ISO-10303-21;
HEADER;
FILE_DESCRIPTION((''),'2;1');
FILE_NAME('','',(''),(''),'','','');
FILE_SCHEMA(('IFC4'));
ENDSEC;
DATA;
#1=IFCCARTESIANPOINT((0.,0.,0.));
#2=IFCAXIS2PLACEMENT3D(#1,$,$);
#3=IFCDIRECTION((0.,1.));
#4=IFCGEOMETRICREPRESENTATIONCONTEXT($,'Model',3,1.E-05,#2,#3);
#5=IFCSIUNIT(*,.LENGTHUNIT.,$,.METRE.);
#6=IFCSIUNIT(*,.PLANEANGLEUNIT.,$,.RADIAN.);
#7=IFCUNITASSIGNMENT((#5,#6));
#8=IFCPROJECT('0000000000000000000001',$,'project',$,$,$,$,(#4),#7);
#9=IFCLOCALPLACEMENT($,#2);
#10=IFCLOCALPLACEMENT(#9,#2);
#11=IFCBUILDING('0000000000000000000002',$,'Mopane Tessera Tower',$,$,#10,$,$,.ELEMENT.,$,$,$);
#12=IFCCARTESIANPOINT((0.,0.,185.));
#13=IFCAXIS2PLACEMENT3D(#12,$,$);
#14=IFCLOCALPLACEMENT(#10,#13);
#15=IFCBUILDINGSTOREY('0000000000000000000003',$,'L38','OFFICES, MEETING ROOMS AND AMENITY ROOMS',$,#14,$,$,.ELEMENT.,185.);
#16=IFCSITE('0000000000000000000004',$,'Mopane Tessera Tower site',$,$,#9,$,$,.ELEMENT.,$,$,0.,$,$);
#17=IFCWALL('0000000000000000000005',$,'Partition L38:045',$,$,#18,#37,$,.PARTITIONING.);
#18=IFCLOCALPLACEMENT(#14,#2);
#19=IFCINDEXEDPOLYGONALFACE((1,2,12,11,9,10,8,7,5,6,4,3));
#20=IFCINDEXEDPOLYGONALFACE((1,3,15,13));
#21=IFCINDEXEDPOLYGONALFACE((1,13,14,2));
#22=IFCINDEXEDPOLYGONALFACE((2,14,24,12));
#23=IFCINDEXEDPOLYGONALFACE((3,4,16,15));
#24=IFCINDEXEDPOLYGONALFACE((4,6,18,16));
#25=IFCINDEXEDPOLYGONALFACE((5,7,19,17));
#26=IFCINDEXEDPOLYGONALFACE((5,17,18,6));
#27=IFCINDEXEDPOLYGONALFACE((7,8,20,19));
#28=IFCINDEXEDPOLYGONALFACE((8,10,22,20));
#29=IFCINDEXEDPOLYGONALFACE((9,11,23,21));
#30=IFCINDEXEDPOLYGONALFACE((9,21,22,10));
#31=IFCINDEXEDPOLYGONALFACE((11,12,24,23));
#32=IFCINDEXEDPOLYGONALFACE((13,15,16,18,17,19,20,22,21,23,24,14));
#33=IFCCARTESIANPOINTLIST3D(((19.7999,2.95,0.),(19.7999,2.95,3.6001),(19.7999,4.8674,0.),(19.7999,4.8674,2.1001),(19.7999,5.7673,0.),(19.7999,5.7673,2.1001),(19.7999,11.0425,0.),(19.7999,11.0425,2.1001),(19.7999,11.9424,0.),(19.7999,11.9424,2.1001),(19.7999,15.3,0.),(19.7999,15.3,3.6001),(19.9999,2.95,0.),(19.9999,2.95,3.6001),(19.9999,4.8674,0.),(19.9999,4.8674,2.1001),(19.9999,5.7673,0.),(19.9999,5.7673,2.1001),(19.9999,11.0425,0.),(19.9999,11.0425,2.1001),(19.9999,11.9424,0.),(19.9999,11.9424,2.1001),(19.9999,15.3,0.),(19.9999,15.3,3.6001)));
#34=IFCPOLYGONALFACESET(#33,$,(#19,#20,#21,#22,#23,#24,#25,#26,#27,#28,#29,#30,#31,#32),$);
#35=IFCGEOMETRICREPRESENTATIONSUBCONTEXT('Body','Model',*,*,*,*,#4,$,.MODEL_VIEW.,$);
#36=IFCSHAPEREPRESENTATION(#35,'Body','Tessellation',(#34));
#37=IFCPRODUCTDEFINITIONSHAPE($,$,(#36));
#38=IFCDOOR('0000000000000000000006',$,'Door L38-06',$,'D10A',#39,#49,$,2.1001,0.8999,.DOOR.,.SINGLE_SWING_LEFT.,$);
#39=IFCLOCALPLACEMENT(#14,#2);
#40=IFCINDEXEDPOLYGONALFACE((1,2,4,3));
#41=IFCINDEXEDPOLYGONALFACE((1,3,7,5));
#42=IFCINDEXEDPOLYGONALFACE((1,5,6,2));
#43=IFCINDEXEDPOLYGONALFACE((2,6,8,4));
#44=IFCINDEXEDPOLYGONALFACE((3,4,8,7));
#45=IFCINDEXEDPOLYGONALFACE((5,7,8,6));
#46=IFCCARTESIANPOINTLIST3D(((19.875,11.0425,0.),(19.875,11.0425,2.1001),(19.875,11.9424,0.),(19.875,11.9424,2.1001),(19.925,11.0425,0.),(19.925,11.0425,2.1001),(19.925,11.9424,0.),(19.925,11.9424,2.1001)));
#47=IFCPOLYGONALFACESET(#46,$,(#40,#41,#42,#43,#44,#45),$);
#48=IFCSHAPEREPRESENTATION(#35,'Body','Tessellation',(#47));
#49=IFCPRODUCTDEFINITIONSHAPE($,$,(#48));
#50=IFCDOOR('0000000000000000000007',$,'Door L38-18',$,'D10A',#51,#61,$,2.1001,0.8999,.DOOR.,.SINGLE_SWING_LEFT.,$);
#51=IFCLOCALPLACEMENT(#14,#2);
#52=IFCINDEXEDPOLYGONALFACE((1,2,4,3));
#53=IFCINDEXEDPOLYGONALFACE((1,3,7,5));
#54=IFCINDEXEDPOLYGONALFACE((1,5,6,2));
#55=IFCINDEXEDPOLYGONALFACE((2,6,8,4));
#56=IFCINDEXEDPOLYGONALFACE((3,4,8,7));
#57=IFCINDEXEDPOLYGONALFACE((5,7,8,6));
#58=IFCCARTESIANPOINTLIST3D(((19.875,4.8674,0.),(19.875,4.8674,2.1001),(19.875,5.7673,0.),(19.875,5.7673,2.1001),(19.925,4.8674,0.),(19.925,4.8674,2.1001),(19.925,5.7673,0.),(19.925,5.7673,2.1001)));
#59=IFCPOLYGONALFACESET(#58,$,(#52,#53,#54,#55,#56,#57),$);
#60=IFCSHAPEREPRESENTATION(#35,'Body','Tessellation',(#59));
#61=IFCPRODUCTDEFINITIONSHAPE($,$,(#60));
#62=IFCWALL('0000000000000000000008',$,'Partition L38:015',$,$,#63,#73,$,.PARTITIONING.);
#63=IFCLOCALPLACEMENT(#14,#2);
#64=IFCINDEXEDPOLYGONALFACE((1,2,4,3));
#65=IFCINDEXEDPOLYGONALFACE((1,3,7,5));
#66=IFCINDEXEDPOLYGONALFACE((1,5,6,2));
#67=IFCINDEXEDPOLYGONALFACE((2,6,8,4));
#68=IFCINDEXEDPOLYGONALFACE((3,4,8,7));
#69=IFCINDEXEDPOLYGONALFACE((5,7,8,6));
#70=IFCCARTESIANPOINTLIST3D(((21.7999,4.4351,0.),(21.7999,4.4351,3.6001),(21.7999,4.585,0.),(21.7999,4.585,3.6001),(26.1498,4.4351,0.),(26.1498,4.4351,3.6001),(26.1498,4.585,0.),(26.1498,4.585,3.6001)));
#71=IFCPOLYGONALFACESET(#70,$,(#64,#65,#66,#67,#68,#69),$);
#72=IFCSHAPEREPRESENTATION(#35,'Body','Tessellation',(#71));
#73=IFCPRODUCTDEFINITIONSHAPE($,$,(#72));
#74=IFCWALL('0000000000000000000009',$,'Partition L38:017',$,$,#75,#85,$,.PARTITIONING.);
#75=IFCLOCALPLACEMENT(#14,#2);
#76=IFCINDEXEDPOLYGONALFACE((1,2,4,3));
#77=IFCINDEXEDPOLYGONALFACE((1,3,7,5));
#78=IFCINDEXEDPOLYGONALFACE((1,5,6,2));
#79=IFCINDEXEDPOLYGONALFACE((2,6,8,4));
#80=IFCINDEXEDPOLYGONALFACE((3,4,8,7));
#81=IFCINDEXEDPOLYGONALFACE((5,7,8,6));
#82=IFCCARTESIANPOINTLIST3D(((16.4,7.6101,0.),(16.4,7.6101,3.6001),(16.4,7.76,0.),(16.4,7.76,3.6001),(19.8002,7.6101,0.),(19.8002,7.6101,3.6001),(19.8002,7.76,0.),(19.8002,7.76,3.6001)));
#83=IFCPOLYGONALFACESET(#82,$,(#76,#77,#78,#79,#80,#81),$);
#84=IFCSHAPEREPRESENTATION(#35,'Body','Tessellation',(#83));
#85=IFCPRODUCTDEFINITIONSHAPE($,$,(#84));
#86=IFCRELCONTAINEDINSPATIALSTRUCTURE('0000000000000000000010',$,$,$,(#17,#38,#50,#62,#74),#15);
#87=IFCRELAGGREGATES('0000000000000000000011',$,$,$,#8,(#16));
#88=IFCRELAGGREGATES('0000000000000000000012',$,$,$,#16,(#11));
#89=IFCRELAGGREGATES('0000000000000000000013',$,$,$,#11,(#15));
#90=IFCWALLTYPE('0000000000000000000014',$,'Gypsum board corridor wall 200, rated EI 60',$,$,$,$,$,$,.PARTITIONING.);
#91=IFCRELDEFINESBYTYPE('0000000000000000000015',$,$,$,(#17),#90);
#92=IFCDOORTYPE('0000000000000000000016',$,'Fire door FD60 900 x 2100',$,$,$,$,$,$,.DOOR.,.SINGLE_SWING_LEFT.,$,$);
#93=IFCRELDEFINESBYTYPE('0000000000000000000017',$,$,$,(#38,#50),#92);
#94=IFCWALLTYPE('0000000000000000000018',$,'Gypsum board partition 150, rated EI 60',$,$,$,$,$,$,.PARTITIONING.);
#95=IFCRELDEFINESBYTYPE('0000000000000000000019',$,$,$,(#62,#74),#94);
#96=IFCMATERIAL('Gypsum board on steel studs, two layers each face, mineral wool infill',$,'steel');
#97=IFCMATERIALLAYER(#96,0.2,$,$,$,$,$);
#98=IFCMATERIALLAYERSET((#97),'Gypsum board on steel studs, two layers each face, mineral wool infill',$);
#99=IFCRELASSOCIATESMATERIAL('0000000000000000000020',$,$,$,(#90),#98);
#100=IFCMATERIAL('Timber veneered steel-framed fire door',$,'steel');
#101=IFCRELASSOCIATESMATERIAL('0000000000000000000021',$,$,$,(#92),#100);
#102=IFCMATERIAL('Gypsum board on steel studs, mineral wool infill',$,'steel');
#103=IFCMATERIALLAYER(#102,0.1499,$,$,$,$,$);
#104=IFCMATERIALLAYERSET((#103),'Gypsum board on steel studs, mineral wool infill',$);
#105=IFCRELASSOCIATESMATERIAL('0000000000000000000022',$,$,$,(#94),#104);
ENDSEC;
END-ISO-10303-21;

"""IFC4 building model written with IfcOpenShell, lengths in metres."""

from ifc_helpers import new_model, si_unit, direction, frame, frame_2d, origin, place, context, subcontext, project, spatial, rectangle, extrude, material, layer, layer_set, type_object, element, fill, save


model = new_model("IFC4")

# Units and contexts
model_context = context("Model", 3, precision=1e-05, world=origin(), true_north=direction((0.0, 1.0)))
body_context = subcontext(model_context, "Body", "Model", "MODEL_VIEW")
ifc_project = project(units=[si_unit("LENGTHUNIT", "METRE"), si_unit("PLANEANGLEUNIT", "RADIAN")], contexts=[model_context])

# Site, building, storey
site_placement = place(None, origin())
site = spatial("IfcSite", under=ifc_project, at=site_placement, Name="Mopane Tessera Tower site", CompositionType="ELEMENT", RefElevation=0.0)
building_placement = place(site_placement, origin())
building = spatial("IfcBuilding", under=site, at=building_placement, Name="Mopane Tessera Tower", CompositionType="ELEMENT")
storey_placement = place(building_placement, frame((0.0, 0.0, 185.0)))
storey = spatial("IfcBuildingStorey", under=building, at=storey_placement, Name="L38", Description="OFFICES, MEETING ROOMS AND AMENITY ROOMS", CompositionType="ELEMENT", Elevation=185.0)

# Shared definitions
ifc_material_1 = material(Name="Gypsum board on steel studs, two layers each face, mineral wool infill", Category="steel")
ifc_layer_1 = layer(ifc_material_1, 0.2)
ifc_layer_set_1 = layer_set([ifc_layer_1], Name="Gypsum board on steel studs, two layers each face, mineral wool infill")
wall_type_1 = type_object("IfcWallType", Name="Gypsum board corridor wall 200, rated EI 60", PredefinedType="PARTITIONING", material=ifc_layer_set_1)

# Wall, openings, doors
wall_1_placement = place(storey_placement, frame((19.8999, 2.95, 0.0), z_axis=(0.0, 0.0, 1.0), x_axis=(0.0, 1.0, 0.0)))
wall_1 = element("IfcWall", 1, at=wall_1_placement, inside=storey, type_object=wall_type_1, Name="Partition L38:045", PredefinedType="PARTITIONING", context=body_context, shape_type="SweptSolid", body=[
    extrude(rectangle(XDim=12.3501, YDim=0.2, at=frame_2d((6.175, 0.0))), origin(), (0.0, 0.0, 1.0), 3.6001),
])
opening_1_placement = place(wall_1_placement, frame((8.0925, 0.0, 0.0)))
opening_1 = element("IfcOpeningElement", 2, at=opening_1_placement, cuts=wall_1, PredefinedType="OPENING", context=body_context, shape_type="SweptSolid", body=[
    extrude(rectangle(XDim=0.8999, YDim=2.1001, at=frame_2d((0.45, 1.05))), frame((0.0, 0.1121, 0.0), z_axis=(0.0, -1.0, 0.0), x_axis=(1.0, 0.0, 0.0)), (0.0, 0.0, 1.0), 0.2239),
])
opening_2_placement = place(wall_1_placement, frame((1.9175, 0.0, 0.0)))
opening_2 = element("IfcOpeningElement", 3, at=opening_2_placement, cuts=wall_1, PredefinedType="OPENING", context=body_context, shape_type="SweptSolid", body=[
    extrude(rectangle(XDim=0.8999, YDim=2.1001, at=frame_2d((0.45, 1.05))), frame((0.0, 0.1121, 0.0), z_axis=(0.0, -1.0, 0.0), x_axis=(1.0, 0.0, 0.0)), (0.0, 0.0, 1.0), 0.2239),
])
ifc_material_2 = material(Name="Timber veneered steel-framed fire door", Category="steel")
door_type = type_object("IfcDoorType", Name="Fire door FD60 900 x 2100", OperationType="SINGLE_SWING_LEFT", PredefinedType="DOOR", material=ifc_material_2)
door_1_placement = place(opening_1_placement, origin())
door_1 = element("IfcDoor", 4, at=door_1_placement, inside=storey, type_object=door_type, Name="Door L38-06", ObjectType="D10A", OperationType="SINGLE_SWING_LEFT", OverallHeight=2.1001, OverallWidth=0.8999, PredefinedType="DOOR", context=body_context, shape_type="SweptSolid", body=[
    extrude(rectangle(XDim=0.8999, YDim=2.1001, at=frame_2d((0.45, 1.05))), frame((0.0, 0.0249, 0.0), z_axis=(0.0, -1.0, 0.0), x_axis=(1.0, 0.0, 0.0)), (0.0, 0.0, 1.0), 0.05),
])
fill(opening_1, door_1)
door_2_placement = place(opening_2_placement, origin())
door_2 = element("IfcDoor", 5, at=door_2_placement, inside=storey, type_object=door_type, Name="Door L38-18", ObjectType="D10A", OperationType="SINGLE_SWING_LEFT", OverallHeight=2.1001, OverallWidth=0.8999, PredefinedType="DOOR", context=body_context, shape_type="SweptSolid", body=[
    extrude(rectangle(XDim=0.8999, YDim=2.1001, at=frame_2d((0.45, 1.05))), frame((0.0, 0.0249, 0.0), z_axis=(0.0, -1.0, 0.0), x_axis=(1.0, 0.0, 0.0)), (0.0, 0.0, 1.0), 0.05),
])
fill(opening_2, door_2)

# Walls
ifc_material_3 = material(Name="Gypsum board on steel studs, mineral wool infill", Category="steel")
ifc_layer_2 = layer(ifc_material_3, 0.1499)
ifc_layer_set_2 = layer_set([ifc_layer_2], Name="Gypsum board on steel studs, mineral wool infill")
wall_type_2 = type_object("IfcWallType", Name="Gypsum board partition 150, rated EI 60", PredefinedType="PARTITIONING", material=ifc_layer_set_2)
wall_2_placement = place(storey_placement, frame((21.8, 4.51, 0.0), z_axis=(0.0, 0.0, 1.0), x_axis=(1.0, 0.0, 0.0)))
element("IfcWall", 6, at=wall_2_placement, inside=storey, type_object=wall_type_2, Name="Partition L38:015", PredefinedType="PARTITIONING", context=body_context, shape_type="SweptSolid", body=[
    extrude(rectangle(XDim=4.3499, YDim=0.1499, at=frame_2d((2.1748, 0.0))), origin(), (0.0, 0.0, 1.0), 3.6001),
])
wall_3_placement = place(storey_placement, frame((16.3999, 7.6851, 0.0), z_axis=(0.0, 0.0, 1.0), x_axis=(1.0, 0.0, 0.0)))
element("IfcWall", 7, at=wall_3_placement, inside=storey, type_object=wall_type_2, Name="Partition L38:017", PredefinedType="PARTITIONING", context=body_context, shape_type="SweptSolid", body=[
    extrude(rectangle(XDim=3.4001, YDim=0.1499, at=frame_2d((1.7002, 0.0))), origin(), (0.0, 0.0, 1.0), 3.6001),
])

save(model, "model.ifc")
